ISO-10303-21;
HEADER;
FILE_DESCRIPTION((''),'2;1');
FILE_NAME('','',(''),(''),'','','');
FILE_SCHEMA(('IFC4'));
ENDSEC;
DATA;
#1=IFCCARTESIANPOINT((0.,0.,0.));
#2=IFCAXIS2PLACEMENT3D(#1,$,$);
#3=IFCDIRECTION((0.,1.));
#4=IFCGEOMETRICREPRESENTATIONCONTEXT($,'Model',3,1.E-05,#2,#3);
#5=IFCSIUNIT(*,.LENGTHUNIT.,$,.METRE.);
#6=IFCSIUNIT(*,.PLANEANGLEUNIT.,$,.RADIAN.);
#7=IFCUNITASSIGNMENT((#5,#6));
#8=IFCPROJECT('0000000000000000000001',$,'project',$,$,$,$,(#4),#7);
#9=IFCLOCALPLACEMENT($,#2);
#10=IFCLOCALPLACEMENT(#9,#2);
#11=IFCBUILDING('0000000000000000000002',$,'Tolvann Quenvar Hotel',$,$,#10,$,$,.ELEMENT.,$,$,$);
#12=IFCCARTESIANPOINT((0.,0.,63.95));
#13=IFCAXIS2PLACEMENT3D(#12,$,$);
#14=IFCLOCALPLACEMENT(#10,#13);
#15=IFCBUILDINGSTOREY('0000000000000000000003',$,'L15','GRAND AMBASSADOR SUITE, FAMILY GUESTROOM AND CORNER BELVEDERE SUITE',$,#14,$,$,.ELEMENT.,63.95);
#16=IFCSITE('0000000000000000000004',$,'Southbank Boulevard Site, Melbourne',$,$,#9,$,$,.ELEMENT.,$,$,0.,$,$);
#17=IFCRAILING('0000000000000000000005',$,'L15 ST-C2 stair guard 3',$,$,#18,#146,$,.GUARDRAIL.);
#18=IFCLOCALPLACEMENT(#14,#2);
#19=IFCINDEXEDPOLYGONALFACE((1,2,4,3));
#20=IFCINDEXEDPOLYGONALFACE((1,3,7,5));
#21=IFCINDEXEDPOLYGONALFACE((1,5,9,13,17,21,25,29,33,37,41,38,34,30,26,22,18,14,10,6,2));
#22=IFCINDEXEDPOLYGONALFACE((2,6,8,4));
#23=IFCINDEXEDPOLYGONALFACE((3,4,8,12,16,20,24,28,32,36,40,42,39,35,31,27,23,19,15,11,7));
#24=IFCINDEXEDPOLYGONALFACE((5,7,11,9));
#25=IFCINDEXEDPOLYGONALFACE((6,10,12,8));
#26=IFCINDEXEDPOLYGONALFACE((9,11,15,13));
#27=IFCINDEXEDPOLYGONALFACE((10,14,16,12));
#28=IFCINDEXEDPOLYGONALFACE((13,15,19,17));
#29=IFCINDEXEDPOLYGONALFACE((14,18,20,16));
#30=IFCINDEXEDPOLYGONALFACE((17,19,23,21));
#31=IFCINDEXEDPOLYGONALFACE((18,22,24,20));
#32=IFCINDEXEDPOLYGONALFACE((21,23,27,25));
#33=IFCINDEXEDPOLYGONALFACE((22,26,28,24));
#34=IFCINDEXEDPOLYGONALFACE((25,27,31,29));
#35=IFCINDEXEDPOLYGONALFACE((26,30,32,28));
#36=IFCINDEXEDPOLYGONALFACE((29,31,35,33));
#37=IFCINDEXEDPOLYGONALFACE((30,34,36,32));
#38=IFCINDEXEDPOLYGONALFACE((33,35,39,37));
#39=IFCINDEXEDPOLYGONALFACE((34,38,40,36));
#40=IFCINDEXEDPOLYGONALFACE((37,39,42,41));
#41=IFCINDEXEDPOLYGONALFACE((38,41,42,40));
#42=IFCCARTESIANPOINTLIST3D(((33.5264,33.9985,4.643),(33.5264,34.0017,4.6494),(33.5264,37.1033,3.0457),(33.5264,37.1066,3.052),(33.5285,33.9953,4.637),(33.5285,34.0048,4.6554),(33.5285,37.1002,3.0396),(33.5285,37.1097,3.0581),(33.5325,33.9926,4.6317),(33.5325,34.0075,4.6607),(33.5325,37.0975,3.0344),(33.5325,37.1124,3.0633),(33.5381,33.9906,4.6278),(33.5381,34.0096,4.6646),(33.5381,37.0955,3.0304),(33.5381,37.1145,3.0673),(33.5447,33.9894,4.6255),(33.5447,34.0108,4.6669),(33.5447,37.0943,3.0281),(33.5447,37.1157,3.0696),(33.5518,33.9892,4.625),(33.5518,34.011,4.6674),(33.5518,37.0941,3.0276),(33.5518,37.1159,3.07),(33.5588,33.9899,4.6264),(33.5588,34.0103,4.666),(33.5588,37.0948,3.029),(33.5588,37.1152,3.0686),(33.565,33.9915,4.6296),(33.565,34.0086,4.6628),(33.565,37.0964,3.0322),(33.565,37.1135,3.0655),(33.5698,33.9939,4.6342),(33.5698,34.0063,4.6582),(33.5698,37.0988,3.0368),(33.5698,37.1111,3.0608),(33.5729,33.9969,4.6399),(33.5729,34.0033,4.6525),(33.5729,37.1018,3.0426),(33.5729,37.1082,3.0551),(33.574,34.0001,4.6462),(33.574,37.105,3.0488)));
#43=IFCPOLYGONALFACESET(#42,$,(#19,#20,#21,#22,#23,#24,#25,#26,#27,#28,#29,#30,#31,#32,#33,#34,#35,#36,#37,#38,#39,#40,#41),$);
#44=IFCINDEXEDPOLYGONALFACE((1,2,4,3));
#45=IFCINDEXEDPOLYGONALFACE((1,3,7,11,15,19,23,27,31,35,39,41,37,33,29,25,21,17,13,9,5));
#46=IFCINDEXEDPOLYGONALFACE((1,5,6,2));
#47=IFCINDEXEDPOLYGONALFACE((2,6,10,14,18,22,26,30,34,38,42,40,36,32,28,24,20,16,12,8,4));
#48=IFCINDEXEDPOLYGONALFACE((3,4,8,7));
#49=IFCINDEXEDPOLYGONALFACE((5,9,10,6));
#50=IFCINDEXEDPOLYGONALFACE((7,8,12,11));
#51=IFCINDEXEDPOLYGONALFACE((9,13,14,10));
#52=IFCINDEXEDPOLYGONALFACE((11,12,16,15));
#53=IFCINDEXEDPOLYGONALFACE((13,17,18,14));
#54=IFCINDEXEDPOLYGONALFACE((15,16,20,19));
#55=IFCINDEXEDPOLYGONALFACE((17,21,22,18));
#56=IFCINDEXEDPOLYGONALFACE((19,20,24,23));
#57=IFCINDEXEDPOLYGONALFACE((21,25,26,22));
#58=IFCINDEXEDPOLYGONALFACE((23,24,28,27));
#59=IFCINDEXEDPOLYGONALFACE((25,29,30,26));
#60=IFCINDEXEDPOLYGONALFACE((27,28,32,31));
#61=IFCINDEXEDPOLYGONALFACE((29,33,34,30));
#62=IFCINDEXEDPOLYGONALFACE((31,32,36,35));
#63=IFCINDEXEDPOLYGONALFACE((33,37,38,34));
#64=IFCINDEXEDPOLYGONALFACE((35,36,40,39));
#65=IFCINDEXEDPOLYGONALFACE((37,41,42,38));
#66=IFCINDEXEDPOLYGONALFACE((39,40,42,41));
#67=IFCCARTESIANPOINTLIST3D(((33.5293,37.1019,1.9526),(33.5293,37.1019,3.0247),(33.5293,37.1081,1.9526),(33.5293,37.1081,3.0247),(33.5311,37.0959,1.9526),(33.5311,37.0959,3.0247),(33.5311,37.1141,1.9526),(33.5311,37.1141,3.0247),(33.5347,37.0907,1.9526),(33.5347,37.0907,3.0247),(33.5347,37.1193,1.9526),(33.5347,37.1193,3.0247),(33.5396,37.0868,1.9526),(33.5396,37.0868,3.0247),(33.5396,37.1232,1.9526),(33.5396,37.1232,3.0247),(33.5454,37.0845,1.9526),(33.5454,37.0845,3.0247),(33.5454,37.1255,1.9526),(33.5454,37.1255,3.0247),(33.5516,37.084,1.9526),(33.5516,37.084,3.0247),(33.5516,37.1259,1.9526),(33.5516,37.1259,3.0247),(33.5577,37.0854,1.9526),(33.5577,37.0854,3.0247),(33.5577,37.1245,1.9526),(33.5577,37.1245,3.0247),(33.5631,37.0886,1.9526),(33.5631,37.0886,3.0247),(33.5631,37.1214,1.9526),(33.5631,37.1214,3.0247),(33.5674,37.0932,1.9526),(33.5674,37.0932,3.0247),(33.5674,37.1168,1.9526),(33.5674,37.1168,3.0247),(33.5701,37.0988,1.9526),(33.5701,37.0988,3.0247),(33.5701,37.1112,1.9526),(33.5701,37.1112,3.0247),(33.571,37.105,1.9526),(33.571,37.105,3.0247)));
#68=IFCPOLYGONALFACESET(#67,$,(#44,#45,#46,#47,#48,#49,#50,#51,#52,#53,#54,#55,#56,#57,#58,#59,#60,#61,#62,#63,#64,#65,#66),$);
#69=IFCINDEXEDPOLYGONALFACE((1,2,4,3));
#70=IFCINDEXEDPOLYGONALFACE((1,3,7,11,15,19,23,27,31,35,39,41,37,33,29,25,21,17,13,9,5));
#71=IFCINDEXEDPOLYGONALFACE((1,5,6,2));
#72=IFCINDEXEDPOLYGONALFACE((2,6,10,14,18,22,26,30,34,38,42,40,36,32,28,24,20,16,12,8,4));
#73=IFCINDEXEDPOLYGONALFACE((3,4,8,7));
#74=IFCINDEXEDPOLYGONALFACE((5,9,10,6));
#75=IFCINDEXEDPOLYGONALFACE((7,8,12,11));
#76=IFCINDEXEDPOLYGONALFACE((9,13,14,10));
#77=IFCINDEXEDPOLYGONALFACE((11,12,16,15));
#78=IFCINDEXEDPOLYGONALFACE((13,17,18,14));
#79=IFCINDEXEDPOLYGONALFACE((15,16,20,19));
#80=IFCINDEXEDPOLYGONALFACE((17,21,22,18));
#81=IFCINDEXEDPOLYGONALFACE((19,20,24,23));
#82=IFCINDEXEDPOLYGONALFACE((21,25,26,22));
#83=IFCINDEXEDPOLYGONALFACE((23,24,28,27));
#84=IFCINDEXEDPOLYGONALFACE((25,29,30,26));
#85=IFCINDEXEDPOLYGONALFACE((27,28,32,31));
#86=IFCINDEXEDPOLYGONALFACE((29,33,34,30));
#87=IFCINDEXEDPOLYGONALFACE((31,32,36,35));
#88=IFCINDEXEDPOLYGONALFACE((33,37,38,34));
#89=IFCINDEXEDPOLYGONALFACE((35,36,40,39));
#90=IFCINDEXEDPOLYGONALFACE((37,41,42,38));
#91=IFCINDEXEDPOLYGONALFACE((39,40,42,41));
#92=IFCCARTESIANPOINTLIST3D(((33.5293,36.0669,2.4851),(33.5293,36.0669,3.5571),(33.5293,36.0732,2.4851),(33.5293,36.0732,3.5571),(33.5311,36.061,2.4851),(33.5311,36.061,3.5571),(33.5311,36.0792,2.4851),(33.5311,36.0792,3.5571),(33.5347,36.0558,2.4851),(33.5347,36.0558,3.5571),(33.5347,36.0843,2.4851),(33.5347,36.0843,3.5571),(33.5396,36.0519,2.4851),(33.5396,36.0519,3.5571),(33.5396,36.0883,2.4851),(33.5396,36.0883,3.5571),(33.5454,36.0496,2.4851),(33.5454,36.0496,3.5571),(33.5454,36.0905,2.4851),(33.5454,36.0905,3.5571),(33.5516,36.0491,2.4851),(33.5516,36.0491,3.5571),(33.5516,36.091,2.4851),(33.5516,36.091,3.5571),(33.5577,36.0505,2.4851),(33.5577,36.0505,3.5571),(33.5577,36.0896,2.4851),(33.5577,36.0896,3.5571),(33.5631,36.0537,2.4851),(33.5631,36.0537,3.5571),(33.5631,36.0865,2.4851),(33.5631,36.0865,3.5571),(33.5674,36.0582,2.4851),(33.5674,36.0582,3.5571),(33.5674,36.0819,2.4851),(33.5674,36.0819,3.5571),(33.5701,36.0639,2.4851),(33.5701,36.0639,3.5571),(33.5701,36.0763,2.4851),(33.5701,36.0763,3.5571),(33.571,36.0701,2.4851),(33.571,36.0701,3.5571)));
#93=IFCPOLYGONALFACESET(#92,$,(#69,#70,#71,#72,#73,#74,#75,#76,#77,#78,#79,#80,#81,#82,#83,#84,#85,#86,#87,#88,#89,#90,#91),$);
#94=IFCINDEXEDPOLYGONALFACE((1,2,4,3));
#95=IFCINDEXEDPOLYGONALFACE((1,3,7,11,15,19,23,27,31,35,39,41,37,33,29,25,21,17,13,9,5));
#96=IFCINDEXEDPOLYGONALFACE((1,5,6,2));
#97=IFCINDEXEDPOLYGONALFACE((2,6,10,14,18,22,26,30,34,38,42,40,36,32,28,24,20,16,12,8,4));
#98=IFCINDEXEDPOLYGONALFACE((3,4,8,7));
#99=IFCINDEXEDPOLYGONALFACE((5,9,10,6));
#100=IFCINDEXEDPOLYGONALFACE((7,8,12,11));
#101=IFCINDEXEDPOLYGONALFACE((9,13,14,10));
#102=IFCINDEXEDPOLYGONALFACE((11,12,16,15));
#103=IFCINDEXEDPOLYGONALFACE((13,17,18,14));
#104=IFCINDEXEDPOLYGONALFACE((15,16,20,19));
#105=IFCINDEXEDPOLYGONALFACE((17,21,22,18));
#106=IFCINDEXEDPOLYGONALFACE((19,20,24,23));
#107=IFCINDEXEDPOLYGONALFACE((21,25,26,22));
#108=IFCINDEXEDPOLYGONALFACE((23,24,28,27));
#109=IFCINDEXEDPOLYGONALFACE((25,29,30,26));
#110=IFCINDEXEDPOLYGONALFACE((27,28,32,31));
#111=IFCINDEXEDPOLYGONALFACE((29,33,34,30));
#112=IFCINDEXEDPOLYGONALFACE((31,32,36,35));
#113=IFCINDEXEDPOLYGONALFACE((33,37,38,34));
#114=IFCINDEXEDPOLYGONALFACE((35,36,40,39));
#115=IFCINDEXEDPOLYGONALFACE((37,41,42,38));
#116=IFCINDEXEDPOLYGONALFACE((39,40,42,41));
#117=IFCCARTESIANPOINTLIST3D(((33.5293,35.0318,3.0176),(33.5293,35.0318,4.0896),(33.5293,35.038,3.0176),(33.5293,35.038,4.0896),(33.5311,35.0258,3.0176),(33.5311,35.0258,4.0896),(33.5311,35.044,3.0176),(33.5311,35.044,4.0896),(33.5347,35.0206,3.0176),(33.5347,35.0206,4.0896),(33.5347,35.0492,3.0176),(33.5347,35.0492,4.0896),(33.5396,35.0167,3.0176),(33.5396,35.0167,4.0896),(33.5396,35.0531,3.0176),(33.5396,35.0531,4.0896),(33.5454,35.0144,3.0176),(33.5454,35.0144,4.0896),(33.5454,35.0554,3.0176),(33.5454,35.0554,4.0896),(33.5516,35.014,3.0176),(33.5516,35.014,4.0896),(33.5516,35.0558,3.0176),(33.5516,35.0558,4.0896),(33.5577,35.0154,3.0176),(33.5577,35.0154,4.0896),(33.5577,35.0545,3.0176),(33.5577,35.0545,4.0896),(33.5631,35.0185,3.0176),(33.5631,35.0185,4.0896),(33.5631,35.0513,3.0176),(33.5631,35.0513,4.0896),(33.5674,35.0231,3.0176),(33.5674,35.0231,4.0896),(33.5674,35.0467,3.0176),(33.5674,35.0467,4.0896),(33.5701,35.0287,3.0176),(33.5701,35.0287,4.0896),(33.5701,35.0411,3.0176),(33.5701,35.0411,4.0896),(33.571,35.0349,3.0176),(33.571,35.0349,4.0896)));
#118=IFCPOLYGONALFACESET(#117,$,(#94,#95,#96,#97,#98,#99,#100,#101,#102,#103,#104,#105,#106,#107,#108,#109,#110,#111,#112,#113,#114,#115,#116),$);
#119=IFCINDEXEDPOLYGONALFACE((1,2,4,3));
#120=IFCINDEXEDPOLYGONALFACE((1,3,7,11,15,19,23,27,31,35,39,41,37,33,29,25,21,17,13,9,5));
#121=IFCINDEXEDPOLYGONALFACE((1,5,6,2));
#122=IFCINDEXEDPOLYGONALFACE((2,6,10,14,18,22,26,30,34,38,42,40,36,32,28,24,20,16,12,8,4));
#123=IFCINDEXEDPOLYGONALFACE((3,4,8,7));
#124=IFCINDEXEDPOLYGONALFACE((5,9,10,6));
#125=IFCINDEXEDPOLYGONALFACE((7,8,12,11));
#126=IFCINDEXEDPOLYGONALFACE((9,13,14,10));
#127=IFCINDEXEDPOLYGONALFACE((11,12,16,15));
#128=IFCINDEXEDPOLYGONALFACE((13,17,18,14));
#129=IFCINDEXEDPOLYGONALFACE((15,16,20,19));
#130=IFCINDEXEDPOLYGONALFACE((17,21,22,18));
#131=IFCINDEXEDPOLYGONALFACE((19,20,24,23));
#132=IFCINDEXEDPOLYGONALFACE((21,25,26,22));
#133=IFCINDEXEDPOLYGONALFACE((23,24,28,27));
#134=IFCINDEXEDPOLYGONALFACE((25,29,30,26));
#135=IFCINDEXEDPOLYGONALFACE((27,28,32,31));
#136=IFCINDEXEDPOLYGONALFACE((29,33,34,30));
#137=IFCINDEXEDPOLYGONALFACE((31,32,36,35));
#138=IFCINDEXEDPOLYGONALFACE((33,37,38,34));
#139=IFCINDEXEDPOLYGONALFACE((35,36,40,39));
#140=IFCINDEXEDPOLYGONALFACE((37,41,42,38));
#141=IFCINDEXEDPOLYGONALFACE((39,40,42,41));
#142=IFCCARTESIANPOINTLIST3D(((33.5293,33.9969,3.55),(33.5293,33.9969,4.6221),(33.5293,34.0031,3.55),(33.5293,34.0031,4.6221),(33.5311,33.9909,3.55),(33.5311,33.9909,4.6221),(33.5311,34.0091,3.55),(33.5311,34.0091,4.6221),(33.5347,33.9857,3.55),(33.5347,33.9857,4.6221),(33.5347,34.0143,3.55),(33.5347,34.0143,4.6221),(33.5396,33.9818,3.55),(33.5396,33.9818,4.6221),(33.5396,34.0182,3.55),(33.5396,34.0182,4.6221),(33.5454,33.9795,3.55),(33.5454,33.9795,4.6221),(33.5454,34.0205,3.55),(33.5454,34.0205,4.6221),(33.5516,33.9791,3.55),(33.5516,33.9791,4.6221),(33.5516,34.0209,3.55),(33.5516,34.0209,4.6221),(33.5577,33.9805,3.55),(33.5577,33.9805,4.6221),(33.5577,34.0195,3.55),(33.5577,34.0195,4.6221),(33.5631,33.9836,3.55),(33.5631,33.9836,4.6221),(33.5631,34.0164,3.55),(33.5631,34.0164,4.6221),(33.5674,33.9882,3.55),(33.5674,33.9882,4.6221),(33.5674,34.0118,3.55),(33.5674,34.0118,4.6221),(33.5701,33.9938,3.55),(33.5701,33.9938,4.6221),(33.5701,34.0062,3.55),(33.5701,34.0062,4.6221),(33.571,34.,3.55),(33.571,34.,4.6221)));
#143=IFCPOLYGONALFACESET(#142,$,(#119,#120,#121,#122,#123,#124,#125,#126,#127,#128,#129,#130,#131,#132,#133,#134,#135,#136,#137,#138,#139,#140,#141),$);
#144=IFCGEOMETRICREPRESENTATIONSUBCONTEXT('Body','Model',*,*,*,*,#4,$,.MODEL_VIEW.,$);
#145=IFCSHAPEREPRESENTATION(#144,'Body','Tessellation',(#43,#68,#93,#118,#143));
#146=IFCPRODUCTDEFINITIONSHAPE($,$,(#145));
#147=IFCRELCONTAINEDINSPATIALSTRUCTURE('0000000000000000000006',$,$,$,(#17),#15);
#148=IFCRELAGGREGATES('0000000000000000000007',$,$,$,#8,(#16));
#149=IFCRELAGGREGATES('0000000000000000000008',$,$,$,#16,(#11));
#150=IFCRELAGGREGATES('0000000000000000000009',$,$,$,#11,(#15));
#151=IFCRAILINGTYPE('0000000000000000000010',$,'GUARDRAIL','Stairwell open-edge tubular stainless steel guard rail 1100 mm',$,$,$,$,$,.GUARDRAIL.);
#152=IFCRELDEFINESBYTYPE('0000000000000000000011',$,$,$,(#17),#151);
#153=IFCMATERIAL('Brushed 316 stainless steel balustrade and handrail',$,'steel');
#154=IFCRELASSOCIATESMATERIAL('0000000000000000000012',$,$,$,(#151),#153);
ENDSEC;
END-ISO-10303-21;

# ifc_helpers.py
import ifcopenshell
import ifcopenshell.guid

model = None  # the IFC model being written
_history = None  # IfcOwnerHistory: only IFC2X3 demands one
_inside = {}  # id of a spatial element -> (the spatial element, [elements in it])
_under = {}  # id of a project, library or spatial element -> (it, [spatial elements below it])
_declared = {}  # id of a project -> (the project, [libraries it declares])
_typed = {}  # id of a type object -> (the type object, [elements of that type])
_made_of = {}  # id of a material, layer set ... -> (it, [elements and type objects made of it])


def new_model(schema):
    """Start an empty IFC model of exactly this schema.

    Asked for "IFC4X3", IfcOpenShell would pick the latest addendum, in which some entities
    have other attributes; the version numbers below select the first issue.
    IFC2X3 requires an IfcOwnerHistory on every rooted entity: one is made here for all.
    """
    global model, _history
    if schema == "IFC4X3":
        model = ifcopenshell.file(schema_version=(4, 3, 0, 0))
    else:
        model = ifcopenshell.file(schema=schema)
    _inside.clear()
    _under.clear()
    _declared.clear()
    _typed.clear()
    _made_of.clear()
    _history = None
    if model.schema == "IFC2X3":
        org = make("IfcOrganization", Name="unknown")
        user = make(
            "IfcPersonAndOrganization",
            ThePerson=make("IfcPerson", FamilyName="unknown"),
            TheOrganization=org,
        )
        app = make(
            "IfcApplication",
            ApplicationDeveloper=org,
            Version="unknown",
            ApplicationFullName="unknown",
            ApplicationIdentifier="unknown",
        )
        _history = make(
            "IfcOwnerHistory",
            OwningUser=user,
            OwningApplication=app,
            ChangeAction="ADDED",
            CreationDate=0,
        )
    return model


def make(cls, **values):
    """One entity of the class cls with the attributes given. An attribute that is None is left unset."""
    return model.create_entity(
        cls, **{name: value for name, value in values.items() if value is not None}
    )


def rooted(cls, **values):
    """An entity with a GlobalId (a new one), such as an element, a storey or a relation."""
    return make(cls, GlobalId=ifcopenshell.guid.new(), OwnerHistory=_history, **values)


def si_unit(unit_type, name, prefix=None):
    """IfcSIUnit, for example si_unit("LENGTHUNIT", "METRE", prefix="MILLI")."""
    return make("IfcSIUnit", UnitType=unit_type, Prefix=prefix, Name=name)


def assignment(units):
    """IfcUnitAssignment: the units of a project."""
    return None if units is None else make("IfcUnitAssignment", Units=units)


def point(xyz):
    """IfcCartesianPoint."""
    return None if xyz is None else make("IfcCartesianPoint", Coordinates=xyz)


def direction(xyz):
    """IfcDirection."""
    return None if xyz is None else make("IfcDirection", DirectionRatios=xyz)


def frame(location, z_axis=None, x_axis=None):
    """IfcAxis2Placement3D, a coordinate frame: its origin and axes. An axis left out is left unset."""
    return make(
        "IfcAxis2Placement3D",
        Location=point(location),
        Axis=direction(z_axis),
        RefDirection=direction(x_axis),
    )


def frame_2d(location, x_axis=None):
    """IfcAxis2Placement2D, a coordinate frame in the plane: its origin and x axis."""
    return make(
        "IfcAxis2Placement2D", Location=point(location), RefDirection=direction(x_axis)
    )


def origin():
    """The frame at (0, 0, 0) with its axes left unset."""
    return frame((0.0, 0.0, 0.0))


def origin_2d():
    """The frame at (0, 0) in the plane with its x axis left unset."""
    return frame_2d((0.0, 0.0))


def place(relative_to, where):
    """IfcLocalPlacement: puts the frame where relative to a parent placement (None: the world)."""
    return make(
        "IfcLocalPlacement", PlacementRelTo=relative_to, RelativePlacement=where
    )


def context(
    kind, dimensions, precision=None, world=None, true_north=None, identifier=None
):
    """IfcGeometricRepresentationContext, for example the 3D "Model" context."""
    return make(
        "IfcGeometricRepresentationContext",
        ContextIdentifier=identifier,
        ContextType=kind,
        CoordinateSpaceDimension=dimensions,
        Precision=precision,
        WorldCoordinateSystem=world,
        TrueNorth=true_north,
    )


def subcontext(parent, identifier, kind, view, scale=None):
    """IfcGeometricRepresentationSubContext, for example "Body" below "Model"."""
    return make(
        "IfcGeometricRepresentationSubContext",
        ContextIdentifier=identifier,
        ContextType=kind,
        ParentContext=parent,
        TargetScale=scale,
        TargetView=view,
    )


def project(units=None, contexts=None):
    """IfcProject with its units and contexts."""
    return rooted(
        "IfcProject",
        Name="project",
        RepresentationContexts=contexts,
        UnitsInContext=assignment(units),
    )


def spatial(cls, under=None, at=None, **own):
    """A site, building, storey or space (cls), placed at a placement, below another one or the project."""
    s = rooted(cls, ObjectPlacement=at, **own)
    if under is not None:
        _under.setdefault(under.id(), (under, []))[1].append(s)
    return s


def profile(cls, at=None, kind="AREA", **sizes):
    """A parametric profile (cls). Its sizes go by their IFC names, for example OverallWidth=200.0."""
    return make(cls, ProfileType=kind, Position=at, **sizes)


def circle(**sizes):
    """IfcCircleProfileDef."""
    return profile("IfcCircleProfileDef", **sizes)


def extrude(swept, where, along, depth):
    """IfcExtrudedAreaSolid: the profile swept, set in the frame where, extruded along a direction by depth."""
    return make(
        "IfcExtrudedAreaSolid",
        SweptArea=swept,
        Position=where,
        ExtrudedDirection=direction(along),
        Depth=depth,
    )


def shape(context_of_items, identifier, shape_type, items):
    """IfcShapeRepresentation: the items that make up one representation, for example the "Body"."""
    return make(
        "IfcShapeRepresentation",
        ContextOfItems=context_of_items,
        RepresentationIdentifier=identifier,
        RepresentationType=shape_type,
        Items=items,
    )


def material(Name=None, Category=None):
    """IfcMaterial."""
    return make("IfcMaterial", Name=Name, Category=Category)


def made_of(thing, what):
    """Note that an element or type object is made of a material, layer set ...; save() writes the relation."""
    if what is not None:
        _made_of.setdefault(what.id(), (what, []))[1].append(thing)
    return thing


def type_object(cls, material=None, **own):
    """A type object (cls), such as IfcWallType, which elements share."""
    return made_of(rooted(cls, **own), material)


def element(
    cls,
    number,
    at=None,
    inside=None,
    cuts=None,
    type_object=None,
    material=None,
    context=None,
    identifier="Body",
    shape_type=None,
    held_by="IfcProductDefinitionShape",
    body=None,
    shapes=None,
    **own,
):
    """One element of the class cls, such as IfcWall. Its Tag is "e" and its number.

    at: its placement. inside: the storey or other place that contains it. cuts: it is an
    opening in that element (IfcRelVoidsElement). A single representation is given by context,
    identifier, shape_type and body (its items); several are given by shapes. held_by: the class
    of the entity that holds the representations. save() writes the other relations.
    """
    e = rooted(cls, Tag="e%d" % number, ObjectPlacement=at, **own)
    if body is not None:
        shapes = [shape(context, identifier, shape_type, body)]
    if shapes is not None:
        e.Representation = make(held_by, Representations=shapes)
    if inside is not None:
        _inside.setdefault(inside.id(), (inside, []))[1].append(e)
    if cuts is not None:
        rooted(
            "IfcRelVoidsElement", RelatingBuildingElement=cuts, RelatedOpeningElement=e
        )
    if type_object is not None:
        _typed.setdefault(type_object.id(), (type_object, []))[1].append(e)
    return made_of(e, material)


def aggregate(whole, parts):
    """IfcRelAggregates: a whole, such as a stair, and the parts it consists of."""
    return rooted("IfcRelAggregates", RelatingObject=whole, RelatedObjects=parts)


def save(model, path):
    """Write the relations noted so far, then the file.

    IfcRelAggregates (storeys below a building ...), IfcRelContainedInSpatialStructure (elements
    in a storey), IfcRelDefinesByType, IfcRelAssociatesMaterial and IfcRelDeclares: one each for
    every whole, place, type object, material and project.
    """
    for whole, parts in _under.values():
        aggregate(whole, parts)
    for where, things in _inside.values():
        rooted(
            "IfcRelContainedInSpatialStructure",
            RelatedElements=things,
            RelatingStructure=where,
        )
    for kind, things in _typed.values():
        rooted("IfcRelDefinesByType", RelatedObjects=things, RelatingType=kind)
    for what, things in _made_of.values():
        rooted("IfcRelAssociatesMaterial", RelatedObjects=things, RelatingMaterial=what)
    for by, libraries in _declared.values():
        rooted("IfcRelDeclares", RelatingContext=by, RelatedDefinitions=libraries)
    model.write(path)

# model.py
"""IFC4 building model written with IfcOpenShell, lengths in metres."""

from ifc_helpers import new_model, si_unit, direction, frame, origin, origin_2d, place, context, subcontext, project, spatial, circle, extrude, material, type_object, element, save


model = new_model("IFC4")

# Units and contexts
model_context = context("Model", 3, precision=1e-05, world=origin(), true_north=direction((0.0, 1.0)))
body_context = subcontext(model_context, "Body", "Model", "MODEL_VIEW")
ifc_project = project(units=[si_unit("LENGTHUNIT", "METRE"), si_unit("PLANEANGLEUNIT", "RADIAN")], contexts=[model_context])

# Site, building, storey
site_placement = place(None, origin())
site = spatial("IfcSite", under=ifc_project, at=site_placement, Name="Southbank Boulevard Site, Melbourne", CompositionType="ELEMENT", RefElevation=0.0)
building_placement = place(site_placement, origin())
building = spatial("IfcBuilding", under=site, at=building_placement, Name="Tolvann Quenvar Hotel", CompositionType="ELEMENT")
storey_placement = place(building_placement, frame((0.0, 0.0, 63.95)))
storey = spatial("IfcBuildingStorey", under=building, at=storey_placement, Name="L15", Description="GRAND AMBASSADOR SUITE, FAMILY GUESTROOM AND CORNER BELVEDERE SUITE", CompositionType="ELEMENT", Elevation=63.95)

# Railing
ifc_material_1 = material(Name="Brushed 316 stainless steel balustrade and handrail", Category="steel")
railing_type_1 = type_object("IfcRailingType", Name="GUARDRAIL", Description="Stairwell open-edge tubular stainless steel guard rail 1100 mm", PredefinedType="GUARDRAIL", material=ifc_material_1)
railing_1_placement = place(storey_placement, frame((33.55, 37.105, 1.9526)))
element("IfcRailing", 1, at=railing_1_placement, inside=storey, type_object=railing_type_1, Name="L15 ST-C2 stair guard 3", PredefinedType="GUARDRAIL", context=body_context, shape_type="SweptSolid", body=[
    extrude(circle(Radius=0.0239, at=origin_2d()), frame((0.0, 0.0, 1.0962), z_axis=(0.0, -0.889222, 0.457476), x_axis=(1.0, 0.0, 0.0)), (0.0, 0.0, 1.0), 3.4917),
    extrude(circle(Radius=0.021, at=origin_2d()), origin(), (0.0, 0.0, 1.0), 1.072),
    extrude(circle(Radius=0.021, at=origin_2d()), frame((0.0, -1.0349, 0.5325)), (0.0, 0.0, 1.0), 1.072),
    extrude(circle(Radius=0.021, at=origin_2d()), frame((0.0, -2.0701, 1.0649)), (0.0, 0.0, 1.0), 1.072),
    extrude(circle(Radius=0.021, at=origin_2d()), frame((0.0, -3.105, 1.5974)), (0.0, 0.0, 1.0), 1.072),
])

save(model, "model.ifc")
